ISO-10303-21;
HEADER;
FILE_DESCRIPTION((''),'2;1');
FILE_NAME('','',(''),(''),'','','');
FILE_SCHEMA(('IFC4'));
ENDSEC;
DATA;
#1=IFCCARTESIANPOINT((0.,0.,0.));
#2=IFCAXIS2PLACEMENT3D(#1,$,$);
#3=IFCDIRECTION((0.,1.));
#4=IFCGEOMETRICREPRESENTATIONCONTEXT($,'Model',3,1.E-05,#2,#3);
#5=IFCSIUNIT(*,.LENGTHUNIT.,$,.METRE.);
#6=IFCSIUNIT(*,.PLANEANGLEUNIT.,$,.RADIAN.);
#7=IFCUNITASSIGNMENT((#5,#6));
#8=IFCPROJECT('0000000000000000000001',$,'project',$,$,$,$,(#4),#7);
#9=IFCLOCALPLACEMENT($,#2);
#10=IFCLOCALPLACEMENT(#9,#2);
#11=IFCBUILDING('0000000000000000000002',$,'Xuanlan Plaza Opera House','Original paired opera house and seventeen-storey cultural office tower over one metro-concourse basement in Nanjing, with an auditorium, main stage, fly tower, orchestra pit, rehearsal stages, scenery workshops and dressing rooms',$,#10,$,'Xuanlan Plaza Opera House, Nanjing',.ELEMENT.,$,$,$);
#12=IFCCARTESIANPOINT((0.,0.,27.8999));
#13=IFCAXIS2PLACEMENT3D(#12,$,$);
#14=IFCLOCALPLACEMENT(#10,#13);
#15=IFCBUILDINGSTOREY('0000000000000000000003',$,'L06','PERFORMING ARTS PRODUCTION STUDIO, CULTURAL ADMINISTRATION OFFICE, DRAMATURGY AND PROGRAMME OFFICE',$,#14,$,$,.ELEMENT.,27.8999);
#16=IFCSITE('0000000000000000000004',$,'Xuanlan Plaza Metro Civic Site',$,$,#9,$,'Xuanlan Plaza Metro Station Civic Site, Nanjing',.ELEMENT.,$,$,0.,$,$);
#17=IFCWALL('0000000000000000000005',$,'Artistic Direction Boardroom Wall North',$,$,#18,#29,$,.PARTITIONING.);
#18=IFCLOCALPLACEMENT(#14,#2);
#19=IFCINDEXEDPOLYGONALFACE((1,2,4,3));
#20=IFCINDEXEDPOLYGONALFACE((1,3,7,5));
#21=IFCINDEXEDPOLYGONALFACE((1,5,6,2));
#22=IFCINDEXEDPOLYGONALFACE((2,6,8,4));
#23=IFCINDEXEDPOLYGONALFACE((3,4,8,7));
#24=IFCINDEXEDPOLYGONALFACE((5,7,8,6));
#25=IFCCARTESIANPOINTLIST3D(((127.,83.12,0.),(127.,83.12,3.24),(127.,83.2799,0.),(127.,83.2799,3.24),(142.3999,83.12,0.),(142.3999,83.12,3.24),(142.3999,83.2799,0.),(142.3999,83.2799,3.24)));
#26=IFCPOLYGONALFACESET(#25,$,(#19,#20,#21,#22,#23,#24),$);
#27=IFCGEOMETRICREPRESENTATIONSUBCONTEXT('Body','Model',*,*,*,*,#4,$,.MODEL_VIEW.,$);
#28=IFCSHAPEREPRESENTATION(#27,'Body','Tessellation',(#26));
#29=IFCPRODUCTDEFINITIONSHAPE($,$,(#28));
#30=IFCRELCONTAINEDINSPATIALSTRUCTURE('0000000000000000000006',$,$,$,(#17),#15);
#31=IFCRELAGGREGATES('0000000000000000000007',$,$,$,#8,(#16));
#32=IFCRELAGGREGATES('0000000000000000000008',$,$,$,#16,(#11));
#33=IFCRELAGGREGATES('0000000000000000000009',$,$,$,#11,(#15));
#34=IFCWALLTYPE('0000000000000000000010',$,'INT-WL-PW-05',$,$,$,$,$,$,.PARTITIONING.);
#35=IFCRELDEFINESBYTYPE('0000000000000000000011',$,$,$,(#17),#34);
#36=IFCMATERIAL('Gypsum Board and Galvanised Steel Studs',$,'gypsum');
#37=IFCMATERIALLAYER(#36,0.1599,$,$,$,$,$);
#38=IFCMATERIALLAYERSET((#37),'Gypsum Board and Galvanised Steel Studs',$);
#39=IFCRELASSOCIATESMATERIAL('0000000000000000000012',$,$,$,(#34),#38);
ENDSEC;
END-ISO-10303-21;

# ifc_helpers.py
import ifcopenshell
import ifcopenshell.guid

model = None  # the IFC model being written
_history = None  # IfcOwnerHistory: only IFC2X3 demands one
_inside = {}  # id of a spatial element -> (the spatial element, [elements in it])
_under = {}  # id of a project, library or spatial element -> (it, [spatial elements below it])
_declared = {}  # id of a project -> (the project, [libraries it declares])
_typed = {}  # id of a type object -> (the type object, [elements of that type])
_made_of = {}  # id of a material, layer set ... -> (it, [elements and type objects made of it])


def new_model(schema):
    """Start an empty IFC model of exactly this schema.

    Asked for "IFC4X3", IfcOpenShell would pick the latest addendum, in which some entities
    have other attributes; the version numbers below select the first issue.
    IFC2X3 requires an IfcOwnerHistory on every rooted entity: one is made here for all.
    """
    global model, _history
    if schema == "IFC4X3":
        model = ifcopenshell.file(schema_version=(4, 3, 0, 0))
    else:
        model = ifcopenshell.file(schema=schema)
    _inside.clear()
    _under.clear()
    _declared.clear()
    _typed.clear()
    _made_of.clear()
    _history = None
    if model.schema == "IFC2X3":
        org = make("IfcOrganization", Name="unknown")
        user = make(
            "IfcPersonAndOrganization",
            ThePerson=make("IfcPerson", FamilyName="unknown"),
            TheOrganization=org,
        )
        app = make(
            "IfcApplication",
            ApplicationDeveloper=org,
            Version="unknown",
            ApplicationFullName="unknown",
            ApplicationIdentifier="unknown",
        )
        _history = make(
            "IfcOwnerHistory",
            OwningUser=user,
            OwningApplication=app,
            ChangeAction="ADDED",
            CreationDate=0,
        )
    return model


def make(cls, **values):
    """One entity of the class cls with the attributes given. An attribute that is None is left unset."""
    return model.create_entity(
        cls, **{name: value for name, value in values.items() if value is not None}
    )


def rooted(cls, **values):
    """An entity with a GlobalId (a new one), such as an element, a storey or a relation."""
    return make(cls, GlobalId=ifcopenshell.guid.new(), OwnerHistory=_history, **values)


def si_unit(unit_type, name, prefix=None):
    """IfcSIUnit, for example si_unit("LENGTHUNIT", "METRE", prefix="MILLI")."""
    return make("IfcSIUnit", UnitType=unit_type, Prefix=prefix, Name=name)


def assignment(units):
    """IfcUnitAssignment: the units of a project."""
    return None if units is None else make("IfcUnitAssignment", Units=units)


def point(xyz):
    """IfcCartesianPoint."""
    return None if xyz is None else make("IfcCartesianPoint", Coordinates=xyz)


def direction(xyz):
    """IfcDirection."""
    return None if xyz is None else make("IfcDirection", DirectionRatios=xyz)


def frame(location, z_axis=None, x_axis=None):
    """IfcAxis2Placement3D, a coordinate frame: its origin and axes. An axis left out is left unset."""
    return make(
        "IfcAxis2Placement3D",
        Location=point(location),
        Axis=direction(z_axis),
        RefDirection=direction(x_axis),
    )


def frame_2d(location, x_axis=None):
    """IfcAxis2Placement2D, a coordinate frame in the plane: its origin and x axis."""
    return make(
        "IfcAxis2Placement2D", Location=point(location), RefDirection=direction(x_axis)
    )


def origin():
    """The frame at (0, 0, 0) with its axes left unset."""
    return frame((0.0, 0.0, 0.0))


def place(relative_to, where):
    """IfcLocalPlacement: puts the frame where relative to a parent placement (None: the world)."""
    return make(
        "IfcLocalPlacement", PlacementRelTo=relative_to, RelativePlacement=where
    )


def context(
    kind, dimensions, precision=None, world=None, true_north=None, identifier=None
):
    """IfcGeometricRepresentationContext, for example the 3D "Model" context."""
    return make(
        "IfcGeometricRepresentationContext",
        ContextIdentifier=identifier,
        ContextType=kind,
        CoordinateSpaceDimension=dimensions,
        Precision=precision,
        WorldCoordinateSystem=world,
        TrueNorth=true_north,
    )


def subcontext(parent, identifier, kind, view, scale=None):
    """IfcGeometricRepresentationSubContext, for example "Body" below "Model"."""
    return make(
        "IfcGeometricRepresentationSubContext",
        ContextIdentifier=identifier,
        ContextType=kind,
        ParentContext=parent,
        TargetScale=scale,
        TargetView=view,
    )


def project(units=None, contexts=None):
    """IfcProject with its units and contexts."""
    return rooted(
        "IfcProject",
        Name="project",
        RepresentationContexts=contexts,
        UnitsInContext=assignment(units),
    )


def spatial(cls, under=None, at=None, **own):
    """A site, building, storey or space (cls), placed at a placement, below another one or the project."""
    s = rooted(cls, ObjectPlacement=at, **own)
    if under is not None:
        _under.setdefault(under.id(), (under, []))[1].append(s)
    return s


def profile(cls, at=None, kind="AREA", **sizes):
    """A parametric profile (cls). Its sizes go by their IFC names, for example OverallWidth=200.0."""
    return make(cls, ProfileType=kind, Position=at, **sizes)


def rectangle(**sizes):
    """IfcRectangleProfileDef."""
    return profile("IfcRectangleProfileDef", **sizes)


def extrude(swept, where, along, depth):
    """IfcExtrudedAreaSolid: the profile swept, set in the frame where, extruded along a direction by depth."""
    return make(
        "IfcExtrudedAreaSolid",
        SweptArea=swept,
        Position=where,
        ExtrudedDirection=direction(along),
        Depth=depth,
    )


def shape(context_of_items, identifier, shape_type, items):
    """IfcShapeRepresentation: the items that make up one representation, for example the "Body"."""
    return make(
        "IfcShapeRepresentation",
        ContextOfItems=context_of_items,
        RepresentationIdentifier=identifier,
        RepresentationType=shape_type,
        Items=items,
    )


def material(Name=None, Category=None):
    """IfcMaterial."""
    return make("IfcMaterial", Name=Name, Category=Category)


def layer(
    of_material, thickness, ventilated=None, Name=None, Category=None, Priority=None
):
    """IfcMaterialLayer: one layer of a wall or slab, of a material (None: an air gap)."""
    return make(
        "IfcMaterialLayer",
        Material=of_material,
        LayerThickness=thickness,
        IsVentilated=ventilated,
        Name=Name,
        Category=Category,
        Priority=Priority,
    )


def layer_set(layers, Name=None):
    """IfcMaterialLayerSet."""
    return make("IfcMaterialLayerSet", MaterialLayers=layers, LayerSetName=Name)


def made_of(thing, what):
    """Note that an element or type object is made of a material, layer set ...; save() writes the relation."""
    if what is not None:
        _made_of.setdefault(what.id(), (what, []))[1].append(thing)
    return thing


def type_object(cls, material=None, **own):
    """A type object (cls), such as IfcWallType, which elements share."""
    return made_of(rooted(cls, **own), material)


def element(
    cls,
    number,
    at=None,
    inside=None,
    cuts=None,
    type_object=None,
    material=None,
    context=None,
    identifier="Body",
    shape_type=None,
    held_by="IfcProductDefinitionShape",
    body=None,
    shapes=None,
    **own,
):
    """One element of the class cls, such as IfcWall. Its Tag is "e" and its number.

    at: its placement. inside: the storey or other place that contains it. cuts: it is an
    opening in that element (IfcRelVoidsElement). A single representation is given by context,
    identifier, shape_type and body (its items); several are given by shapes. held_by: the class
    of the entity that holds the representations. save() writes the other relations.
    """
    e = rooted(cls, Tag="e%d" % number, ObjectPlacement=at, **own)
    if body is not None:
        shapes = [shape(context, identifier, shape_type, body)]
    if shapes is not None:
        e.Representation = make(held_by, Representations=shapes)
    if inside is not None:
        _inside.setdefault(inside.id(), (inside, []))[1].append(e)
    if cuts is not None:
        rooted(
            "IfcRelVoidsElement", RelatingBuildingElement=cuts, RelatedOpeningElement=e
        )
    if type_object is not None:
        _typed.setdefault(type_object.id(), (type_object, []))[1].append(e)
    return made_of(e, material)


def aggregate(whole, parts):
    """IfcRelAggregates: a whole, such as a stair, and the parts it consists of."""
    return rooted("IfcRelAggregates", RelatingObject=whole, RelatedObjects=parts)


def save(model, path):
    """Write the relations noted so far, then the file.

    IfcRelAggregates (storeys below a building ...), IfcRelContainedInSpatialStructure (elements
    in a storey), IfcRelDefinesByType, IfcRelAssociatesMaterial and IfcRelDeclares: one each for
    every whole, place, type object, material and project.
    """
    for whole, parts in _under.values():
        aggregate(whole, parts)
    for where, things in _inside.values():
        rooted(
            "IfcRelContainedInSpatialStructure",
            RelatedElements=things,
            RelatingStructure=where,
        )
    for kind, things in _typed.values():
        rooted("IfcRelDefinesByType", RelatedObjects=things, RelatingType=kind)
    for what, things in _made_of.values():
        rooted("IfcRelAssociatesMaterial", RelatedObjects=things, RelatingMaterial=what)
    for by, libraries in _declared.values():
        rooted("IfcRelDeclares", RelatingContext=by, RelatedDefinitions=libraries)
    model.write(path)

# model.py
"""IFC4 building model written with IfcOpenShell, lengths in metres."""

from ifc_helpers import new_model, si_unit, direction, frame, frame_2d, origin, place, context, subcontext, project, spatial, rectangle, extrude, material, layer, layer_set, type_object, element, save


model = new_model("IFC4")

# Units and contexts
model_context = context("Model", 3, precision=1e-05, world=origin(), true_north=direction((0.0, 1.0)))
body_context = subcontext(model_context, "Body", "Model", "MODEL_VIEW")
ifc_project = project(units=[si_unit("LENGTHUNIT", "METRE"), si_unit("PLANEANGLEUNIT", "RADIAN")], contexts=[model_context])

# Site, building, storey
site_placement = place(None, origin())
site = spatial("IfcSite", under=ifc_project, at=site_placement, Name="Xuanlan Plaza Metro Civic Site", LongName="Xuanlan Plaza Metro Station Civic Site, Nanjing", CompositionType="ELEMENT", RefElevation=0.0)
building_placement = place(site_placement, origin())
building = spatial("IfcBuilding", under=site, at=building_placement, Name="Xuanlan Plaza Opera House", Description="Original paired opera house and seventeen-storey cultural office tower over one metro-concourse basement in Nanjing, with an auditorium, main stage, fly tower, orchestra pit, rehearsal stages, scenery workshops and dressing rooms", LongName="Xuanlan Plaza Opera House, Nanjing", CompositionType="ELEMENT")
storey_placement = place(building_placement, frame((0.0, 0.0, 27.8999)))
storey = spatial("IfcBuildingStorey", under=building, at=storey_placement, Name="L06", Description="PERFORMING ARTS PRODUCTION STUDIO, CULTURAL ADMINISTRATION OFFICE, DRAMATURGY AND PROGRAMME OFFICE", CompositionType="ELEMENT", Elevation=27.8999)

# Wall
ifc_material_1 = material(Name="Gypsum Board and Galvanised Steel Studs", Category="gypsum")
ifc_layer_1 = layer(ifc_material_1, 0.1599)
ifc_layer_set_1 = layer_set([ifc_layer_1], Name="Gypsum Board and Galvanised Steel Studs")
wall_type = type_object("IfcWallType", Name="INT-WL-PW-05", PredefinedType="PARTITIONING", material=ifc_layer_set_1)
wall_placement = place(storey_placement, frame((127.0, 83.2, 0.0), z_axis=(0.0, 0.0, 1.0), x_axis=(1.0, 0.0, 0.0)))
element("IfcWall", 1, at=wall_placement, inside=storey, type_object=wall_type, Name="Artistic Direction Boardroom Wall North", PredefinedType="PARTITIONING", context=body_context, shape_type="SweptSolid", body=[
    extrude(rectangle(XDim=15.3999, YDim=0.1599, at=frame_2d((7.7, 0.0))), origin(), (0.0, 0.0, 1.0), 3.24),
])

save(model, "model.ifc")
